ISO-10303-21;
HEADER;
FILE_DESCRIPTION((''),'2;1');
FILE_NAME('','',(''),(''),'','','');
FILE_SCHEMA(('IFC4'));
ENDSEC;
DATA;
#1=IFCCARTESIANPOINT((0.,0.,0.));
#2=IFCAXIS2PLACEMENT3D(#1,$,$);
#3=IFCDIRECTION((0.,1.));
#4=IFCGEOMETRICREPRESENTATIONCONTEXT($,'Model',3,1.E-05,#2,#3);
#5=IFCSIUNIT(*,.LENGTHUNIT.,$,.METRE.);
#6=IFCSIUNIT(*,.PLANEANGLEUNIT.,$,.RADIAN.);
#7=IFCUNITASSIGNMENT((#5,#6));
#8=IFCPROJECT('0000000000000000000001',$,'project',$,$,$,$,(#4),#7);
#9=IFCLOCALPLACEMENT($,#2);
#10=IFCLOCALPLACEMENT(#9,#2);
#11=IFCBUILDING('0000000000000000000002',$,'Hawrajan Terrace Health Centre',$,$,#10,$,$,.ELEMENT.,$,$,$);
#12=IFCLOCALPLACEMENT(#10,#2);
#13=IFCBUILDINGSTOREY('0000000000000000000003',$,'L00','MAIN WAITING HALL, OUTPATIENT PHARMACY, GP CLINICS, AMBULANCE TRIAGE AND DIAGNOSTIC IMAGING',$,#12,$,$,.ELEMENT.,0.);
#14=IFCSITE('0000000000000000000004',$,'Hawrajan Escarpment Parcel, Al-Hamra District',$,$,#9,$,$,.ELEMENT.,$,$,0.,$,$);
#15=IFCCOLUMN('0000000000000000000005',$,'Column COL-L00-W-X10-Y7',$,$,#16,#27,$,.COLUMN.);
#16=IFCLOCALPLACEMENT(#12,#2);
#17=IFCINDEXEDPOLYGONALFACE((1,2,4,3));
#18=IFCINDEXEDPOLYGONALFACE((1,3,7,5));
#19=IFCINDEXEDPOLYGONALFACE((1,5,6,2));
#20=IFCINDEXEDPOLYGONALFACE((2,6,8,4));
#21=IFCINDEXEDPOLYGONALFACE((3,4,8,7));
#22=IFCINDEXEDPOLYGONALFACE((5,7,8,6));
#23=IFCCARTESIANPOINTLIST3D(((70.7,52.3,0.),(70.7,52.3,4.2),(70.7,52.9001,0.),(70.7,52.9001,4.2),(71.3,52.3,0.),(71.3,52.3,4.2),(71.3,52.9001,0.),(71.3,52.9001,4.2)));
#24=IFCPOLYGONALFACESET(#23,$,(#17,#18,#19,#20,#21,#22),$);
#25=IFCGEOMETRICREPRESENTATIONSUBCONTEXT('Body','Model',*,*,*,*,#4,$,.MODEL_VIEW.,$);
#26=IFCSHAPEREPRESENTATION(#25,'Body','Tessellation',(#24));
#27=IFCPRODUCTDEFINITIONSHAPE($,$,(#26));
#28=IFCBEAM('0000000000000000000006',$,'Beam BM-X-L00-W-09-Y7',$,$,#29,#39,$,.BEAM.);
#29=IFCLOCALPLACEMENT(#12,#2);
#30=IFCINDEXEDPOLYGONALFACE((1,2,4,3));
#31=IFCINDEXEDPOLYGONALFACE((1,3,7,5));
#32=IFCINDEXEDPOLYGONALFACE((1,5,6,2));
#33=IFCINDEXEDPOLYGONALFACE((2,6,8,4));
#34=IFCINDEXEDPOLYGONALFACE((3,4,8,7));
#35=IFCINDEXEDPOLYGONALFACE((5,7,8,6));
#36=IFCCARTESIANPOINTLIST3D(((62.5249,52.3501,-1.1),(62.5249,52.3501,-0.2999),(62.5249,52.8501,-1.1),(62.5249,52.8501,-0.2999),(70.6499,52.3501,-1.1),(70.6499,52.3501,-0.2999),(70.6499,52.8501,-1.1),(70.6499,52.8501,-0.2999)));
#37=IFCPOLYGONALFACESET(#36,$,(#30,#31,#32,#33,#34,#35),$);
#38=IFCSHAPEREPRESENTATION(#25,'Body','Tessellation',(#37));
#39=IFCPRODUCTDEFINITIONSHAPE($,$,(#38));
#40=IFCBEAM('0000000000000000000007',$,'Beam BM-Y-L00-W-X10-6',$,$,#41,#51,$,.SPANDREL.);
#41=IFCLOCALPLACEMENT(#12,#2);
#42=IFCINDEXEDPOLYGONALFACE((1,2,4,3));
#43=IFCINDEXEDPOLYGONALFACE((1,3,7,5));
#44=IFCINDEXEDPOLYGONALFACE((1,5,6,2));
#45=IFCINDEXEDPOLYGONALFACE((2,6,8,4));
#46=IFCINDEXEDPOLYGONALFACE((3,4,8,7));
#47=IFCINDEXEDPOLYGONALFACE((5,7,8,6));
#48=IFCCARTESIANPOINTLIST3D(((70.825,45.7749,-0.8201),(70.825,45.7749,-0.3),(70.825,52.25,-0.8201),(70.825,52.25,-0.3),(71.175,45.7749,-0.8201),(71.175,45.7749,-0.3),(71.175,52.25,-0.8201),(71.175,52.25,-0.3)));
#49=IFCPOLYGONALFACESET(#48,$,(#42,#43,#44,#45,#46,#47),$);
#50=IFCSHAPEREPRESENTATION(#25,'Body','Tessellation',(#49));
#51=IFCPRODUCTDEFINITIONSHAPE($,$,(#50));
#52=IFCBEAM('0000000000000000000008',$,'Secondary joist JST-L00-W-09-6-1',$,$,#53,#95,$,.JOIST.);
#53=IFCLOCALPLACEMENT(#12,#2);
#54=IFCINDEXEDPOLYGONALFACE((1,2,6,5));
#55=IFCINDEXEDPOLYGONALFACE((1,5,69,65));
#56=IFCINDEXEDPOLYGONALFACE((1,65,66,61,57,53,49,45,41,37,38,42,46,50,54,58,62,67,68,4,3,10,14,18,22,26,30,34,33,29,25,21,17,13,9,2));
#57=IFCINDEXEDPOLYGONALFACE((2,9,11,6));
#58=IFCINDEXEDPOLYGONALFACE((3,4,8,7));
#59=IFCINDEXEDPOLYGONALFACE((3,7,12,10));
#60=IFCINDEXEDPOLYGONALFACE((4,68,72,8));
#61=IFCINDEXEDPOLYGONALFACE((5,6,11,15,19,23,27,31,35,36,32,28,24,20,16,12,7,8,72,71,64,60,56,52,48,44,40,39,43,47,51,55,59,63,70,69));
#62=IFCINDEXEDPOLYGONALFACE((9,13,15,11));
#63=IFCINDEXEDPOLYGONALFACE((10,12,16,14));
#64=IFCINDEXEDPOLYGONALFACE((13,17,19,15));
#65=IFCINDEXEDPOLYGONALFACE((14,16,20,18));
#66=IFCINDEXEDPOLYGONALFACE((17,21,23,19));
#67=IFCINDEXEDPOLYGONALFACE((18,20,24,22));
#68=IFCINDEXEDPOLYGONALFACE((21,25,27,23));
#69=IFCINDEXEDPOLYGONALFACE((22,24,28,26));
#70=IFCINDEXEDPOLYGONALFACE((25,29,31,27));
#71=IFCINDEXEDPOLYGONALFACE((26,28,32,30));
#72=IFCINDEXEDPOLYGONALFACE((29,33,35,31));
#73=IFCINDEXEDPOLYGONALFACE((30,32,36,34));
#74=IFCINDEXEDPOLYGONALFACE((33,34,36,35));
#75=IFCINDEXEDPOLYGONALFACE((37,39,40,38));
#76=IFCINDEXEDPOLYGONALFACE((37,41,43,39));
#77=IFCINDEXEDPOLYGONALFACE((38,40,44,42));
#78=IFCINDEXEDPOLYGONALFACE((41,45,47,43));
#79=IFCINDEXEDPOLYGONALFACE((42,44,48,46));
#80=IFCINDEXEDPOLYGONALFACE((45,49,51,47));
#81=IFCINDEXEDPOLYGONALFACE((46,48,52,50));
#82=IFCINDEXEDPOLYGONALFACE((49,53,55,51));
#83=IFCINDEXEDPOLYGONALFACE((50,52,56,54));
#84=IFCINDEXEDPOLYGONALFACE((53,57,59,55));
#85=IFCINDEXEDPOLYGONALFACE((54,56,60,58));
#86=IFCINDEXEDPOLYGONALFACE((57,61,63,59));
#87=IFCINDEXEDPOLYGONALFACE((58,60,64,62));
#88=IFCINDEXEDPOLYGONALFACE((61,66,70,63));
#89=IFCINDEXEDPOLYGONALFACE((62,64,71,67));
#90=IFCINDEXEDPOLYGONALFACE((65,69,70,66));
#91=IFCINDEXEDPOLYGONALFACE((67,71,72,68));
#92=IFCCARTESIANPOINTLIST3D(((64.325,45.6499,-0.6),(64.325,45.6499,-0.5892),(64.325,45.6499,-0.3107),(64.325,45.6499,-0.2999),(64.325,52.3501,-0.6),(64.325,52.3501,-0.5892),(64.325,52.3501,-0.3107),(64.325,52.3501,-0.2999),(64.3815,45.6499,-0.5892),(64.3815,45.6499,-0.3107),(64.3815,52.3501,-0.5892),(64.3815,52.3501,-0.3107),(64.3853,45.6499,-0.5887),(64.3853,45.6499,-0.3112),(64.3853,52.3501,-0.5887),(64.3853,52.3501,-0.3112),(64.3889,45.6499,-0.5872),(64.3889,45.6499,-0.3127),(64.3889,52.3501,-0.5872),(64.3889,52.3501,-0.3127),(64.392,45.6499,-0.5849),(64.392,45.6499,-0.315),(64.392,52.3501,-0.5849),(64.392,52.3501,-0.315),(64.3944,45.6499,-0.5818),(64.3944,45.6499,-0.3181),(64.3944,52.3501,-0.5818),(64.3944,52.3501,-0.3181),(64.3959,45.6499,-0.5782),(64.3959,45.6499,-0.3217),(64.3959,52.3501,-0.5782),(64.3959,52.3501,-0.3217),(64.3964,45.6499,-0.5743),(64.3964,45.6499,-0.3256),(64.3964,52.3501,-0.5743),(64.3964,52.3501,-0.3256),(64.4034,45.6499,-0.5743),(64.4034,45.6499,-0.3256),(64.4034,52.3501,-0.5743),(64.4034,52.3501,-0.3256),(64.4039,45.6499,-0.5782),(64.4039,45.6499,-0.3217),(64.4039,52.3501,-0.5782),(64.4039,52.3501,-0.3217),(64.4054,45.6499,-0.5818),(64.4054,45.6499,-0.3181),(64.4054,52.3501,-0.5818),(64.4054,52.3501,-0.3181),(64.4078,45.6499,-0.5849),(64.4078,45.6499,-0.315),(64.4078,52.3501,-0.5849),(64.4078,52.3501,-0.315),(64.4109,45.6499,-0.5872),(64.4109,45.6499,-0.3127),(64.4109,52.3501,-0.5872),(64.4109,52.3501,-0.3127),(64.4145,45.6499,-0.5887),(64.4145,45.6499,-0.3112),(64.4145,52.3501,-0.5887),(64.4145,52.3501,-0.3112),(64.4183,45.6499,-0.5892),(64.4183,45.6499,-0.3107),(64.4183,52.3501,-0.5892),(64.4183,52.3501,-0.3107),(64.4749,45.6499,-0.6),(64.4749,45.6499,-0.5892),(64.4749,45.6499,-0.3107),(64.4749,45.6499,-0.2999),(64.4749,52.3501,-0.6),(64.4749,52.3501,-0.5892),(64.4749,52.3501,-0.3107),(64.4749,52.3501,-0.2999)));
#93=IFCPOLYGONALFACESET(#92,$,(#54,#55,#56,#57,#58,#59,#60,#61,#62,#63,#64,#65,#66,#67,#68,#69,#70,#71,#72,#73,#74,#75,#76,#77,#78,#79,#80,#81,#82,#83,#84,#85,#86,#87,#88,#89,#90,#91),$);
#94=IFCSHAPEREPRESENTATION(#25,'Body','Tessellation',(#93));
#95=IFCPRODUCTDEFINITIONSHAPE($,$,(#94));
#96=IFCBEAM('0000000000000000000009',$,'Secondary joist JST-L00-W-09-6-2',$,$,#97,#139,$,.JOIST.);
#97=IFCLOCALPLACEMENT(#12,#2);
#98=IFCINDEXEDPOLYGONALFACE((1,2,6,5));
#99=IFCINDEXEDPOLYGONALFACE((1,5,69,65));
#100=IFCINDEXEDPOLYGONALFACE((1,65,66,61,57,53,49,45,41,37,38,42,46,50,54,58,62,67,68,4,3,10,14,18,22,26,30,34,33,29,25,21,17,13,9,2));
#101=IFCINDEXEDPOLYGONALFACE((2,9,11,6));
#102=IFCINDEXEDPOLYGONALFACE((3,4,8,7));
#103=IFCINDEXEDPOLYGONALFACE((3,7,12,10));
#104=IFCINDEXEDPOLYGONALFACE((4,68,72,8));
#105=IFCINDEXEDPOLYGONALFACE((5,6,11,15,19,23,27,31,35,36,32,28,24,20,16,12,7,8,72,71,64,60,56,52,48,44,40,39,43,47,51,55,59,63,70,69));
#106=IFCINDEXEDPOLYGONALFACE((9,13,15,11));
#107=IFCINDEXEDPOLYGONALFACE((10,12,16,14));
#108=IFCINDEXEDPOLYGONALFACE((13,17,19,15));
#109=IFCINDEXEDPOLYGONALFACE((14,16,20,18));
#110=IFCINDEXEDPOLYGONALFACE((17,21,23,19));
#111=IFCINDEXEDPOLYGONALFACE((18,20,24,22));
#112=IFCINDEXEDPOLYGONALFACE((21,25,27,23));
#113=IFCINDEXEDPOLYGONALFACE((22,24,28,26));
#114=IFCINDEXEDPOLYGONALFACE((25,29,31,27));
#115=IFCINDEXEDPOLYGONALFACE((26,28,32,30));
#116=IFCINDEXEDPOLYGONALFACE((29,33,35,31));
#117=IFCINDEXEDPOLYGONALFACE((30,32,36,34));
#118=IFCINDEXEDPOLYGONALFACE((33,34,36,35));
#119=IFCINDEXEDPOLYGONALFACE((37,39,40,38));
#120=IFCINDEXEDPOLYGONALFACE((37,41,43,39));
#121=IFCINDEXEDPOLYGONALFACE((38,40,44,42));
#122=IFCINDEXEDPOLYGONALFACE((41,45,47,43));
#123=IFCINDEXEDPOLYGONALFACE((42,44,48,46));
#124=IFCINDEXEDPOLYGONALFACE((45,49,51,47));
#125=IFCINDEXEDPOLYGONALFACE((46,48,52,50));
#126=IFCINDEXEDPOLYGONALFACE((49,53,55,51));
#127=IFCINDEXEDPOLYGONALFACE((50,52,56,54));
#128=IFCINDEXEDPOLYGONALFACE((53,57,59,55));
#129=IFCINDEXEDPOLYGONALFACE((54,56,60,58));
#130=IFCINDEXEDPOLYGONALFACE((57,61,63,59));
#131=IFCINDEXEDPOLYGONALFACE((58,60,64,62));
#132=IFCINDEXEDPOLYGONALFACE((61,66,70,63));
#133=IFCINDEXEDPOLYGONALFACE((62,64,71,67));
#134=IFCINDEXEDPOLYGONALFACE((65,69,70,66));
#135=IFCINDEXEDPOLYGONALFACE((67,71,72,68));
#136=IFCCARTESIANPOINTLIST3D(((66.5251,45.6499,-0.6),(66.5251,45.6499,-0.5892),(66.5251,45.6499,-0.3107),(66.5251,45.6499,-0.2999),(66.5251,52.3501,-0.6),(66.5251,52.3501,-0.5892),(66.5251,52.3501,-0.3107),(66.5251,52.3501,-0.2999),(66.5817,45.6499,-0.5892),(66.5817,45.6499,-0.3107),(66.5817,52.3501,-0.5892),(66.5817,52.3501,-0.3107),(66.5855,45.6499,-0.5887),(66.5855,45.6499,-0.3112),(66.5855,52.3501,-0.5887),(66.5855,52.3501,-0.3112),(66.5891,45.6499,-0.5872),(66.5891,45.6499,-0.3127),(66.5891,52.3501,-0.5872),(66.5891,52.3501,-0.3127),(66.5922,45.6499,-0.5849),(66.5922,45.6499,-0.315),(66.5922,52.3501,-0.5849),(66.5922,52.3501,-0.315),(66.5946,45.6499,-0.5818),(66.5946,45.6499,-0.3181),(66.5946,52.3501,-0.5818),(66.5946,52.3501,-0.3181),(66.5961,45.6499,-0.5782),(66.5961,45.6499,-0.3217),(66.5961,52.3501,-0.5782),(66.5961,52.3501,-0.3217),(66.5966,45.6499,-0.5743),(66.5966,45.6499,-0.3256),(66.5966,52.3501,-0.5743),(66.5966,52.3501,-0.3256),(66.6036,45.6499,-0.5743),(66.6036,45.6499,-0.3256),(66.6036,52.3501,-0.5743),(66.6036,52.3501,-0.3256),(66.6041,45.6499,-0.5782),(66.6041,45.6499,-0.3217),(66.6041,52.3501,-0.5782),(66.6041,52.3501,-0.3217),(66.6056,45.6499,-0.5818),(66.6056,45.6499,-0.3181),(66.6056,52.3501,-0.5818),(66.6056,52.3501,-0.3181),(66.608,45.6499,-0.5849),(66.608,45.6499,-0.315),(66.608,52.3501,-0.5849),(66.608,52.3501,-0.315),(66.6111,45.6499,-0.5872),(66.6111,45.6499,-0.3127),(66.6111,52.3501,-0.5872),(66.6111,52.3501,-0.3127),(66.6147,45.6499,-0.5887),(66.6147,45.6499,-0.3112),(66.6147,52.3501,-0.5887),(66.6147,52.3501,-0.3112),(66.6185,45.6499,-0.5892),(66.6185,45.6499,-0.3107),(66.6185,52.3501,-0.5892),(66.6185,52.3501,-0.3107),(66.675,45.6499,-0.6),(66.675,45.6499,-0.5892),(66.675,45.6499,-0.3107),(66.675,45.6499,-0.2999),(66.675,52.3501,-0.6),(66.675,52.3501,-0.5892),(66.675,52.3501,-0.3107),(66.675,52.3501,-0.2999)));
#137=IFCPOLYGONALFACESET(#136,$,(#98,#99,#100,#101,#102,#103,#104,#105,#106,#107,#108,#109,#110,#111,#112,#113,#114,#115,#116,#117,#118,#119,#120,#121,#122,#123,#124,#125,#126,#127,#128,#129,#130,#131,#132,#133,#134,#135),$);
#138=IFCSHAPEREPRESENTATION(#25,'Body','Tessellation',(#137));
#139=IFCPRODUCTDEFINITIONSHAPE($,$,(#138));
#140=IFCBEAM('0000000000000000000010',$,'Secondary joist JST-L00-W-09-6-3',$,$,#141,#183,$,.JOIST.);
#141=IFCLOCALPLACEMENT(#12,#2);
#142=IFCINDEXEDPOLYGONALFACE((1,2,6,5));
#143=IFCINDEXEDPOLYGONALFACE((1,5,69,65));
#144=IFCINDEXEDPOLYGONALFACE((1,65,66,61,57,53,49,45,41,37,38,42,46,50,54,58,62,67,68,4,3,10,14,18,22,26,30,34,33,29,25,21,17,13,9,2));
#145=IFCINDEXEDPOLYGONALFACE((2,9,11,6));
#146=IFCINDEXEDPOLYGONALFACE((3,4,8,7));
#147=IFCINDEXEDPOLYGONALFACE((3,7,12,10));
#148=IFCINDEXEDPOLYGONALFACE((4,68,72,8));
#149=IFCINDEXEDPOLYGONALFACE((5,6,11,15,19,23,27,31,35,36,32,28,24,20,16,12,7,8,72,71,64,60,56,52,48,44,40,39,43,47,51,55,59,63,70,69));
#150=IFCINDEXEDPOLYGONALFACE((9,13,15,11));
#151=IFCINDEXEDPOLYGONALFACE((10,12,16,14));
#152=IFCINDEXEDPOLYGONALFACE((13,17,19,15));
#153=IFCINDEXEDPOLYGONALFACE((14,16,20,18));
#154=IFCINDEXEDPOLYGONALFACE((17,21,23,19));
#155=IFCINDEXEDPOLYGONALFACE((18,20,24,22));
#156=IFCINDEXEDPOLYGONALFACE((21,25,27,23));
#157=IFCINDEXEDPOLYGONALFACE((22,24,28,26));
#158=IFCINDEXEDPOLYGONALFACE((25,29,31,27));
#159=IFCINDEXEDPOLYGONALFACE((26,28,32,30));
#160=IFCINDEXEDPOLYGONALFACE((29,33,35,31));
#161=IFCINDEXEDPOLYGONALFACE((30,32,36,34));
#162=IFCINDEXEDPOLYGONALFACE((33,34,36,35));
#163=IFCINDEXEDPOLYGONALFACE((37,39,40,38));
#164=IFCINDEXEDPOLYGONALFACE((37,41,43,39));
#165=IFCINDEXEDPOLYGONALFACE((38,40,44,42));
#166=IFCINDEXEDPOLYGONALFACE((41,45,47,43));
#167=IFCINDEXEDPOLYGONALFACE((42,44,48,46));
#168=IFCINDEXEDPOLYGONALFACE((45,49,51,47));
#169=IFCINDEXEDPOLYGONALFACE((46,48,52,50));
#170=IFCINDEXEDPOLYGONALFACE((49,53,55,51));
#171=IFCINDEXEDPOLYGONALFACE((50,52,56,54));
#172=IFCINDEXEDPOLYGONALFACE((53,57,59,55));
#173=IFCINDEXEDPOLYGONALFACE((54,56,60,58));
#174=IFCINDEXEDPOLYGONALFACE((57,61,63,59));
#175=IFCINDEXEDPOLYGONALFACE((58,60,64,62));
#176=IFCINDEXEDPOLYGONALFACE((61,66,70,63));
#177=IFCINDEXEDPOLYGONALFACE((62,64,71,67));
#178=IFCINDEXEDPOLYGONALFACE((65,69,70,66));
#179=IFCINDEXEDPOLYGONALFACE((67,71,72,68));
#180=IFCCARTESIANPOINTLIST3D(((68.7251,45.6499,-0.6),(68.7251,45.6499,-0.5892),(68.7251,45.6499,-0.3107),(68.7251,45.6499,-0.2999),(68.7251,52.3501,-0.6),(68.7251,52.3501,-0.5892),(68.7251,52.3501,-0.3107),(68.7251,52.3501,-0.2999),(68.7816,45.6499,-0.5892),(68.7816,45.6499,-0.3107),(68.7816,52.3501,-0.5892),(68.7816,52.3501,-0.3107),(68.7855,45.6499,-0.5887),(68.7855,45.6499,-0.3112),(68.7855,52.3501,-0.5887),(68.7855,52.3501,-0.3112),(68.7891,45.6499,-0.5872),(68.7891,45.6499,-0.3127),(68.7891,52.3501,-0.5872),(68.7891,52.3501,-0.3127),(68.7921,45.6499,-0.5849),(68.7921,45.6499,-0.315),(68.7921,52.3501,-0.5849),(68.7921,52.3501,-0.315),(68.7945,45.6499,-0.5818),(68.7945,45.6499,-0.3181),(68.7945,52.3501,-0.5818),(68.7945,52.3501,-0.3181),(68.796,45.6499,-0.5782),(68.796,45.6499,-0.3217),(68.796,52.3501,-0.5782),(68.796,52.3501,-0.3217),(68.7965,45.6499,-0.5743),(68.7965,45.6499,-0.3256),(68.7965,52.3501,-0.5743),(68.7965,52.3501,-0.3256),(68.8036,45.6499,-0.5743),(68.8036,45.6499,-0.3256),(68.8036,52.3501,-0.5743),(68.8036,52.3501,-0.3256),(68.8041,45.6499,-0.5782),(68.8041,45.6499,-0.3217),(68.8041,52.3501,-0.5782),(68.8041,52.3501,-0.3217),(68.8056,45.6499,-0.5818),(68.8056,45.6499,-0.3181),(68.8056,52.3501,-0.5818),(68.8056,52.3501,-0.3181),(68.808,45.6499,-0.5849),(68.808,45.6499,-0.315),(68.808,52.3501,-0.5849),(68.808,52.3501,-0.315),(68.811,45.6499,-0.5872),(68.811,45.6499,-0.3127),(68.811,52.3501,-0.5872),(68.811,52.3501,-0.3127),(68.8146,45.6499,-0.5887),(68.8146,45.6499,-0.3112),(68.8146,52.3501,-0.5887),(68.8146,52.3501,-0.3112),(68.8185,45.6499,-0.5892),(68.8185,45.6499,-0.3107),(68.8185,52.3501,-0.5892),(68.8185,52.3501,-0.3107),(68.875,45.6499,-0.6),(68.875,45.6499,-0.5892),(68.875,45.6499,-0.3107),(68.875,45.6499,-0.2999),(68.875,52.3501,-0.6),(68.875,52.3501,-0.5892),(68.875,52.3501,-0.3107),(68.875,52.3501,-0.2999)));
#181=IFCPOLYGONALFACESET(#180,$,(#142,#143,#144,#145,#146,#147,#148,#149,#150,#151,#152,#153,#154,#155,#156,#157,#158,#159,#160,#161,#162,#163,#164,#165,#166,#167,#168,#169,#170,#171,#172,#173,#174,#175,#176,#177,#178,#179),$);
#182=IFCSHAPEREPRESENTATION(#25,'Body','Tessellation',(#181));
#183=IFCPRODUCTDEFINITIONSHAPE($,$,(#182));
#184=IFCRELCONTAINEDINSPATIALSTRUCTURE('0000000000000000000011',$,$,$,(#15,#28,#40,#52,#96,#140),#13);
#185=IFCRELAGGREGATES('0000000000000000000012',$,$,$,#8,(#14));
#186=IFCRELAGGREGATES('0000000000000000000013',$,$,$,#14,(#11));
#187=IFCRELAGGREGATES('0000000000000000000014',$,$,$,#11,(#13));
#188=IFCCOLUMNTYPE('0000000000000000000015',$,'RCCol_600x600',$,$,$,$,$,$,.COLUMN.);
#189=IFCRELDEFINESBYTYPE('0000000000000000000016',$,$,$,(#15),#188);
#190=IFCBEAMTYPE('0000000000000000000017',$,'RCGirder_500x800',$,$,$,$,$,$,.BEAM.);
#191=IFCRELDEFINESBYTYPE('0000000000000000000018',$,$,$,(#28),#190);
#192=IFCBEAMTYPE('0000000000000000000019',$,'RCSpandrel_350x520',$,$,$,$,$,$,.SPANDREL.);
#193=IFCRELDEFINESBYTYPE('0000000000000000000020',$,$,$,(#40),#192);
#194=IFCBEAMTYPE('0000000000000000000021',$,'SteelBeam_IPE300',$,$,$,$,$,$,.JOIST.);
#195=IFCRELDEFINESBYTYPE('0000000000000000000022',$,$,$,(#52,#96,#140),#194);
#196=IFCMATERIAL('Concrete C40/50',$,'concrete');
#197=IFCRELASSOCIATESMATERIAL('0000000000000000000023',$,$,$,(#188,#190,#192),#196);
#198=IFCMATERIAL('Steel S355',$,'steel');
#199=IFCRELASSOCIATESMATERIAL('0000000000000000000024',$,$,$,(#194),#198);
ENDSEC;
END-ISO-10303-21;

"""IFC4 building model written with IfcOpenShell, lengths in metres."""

from ifc_helpers import new_model, si_unit, direction, frame, origin, origin_2d, place, context, subcontext, project, spatial, rectangle, i_section, extrude, material, material_profile, profile_set, type_object, element, save


model = new_model("IFC4")

# Units and contexts
model_context = context("Model", 3, precision=1e-05, world=origin(), true_north=direction((0.0, 1.0)))
body_context = subcontext(model_context, "Body", "Model", "MODEL_VIEW")
ifc_project = project(units=[si_unit("LENGTHUNIT", "METRE"), si_unit("PLANEANGLEUNIT", "RADIAN")], contexts=[model_context])

# Site, building, storey
site_placement = place(None, origin())
site = spatial("IfcSite", under=ifc_project, at=site_placement, Name="Hawrajan Escarpment Parcel, Al-Hamra District", CompositionType="ELEMENT", RefElevation=0.0)
building_placement = place(site_placement, origin())
building = spatial("IfcBuilding", under=site, at=building_placement, Name="Hawrajan Terrace Health Centre", CompositionType="ELEMENT")
storey_placement = place(building_placement, origin())
storey = spatial("IfcBuildingStorey", under=building, at=storey_placement, Name="L00", Description="MAIN WAITING HALL, OUTPATIENT PHARMACY, GP CLINICS, AMBULANCE TRIAGE AND DIAGNOSTIC IMAGING", CompositionType="ELEMENT", Elevation=0.0)

# Column
ifc_material_1 = material(Name="Concrete C40/50", Category="concrete")
ifc_material_profile_1 = material_profile(ifc_material_1, rectangle(XDim=0.6001, YDim=0.6001, at=origin_2d()), Name="RC 600x600")
ifc_profile_set_1 = profile_set([ifc_material_profile_1], Name="Concrete C40/50")
column_type = type_object("IfcColumnType", Name="RCCol_600x600", PredefinedType="COLUMN", material=ifc_profile_set_1)
column_placement = place(storey_placement, frame((71.0, 52.6001, 0.0), z_axis=(0.0, 0.0, 1.0), x_axis=(1.0, 0.0, 0.0)))
element("IfcColumn", 1, at=column_placement, inside=storey, type_object=column_type, Name="Column COL-L00-W-X10-Y7", PredefinedType="COLUMN", context=body_context, shape_type="SweptSolid", body=[
    extrude(rectangle(XDim=0.6001, YDim=0.6001, at=origin_2d()), origin(), (0.0, 0.0, 1.0), 4.2),
])

# Beams
ifc_material_profile_2 = material_profile(ifc_material_1, rectangle(XDim=0.5, YDim=0.8, at=origin_2d()), Name="RC BM 500x800")
ifc_profile_set_2 = profile_set([ifc_material_profile_2], Name="Concrete C40/50")
beam_type_1 = type_object("IfcBeamType", Name="RCGirder_500x800", PredefinedType="BEAM", material=ifc_profile_set_2)
beam_1_placement = place(storey_placement, frame((62.5249, 52.6001, -0.7), z_axis=(1.0, 0.0, 0.0), x_axis=(0.0, 1.0, 0.0)))
element("IfcBeam", 2, at=beam_1_placement, inside=storey, type_object=beam_type_1, Name="Beam BM-X-L00-W-09-Y7", PredefinedType="BEAM", context=body_context, shape_type="SweptSolid", body=[
    extrude(rectangle(XDim=0.5, YDim=0.8, at=origin_2d()), origin(), (0.0, 0.0, 1.0), 8.125),
])
ifc_material_profile_3 = material_profile(ifc_material_1, rectangle(XDim=0.3501, YDim=0.52, at=origin_2d()), Name="RC SP 350x520")
ifc_profile_set_3 = profile_set([ifc_material_profile_3], Name="Concrete C40/50")
beam_type_2 = type_object("IfcBeamType", Name="RCSpandrel_350x520", PredefinedType="SPANDREL", material=ifc_profile_set_3)
beam_2_placement = place(storey_placement, frame((71.0, 45.7749, -0.5601), z_axis=(0.0, 1.0, 0.0), x_axis=(-1.0, 0.0, 0.0)))
element("IfcBeam", 3, at=beam_2_placement, inside=storey, type_object=beam_type_2, Name="Beam BM-Y-L00-W-X10-6", PredefinedType="SPANDREL", context=body_context, shape_type="SweptSolid", body=[
    extrude(rectangle(XDim=0.3501, YDim=0.52, at=origin_2d()), origin(), (0.0, 0.0, 1.0), 6.4751),
])
ifc_material_2 = material(Name="Steel S355", Category="steel")
ifc_material_profile_4 = material_profile(ifc_material_2, i_section(OverallWidth=0.1499, OverallDepth=0.3, WebThickness=0.0071, FlangeThickness=0.0107, FilletRadius=0.0149, at=origin_2d()), Name="IPE 300")
ifc_profile_set_4 = profile_set([ifc_material_profile_4], Name="Steel S355")
beam_type_3 = type_object("IfcBeamType", Name="SteelBeam_IPE300", PredefinedType="JOIST", material=ifc_profile_set_4)
for number, where, z_axis, x_axis, name in (
    (4, (64.3999, 45.6499, -0.45), (0.0, 1.0, 0.0), (-1.0, 0.0, 0.0), "Secondary joist JST-L00-W-09-6-1"),
    (5, (66.6001, 45.6499, -0.45), (0.0, 1.0, 0.0), (-1.0, 0.0, 0.0), "Secondary joist JST-L00-W-09-6-2"),
    (6, (68.8, 45.6499, -0.45), (0.0, 1.0, 0.0), (-1.0, 0.0, 0.0), "Secondary joist JST-L00-W-09-6-3"),
):
    element("IfcBeam", number, at=place(storey_placement, frame(where, z_axis=z_axis, x_axis=x_axis)), inside=storey, type_object=beam_type_3, Name=name, PredefinedType="JOIST", context=body_context, shape_type="SweptSolid", body=[
        extrude(i_section(OverallWidth=0.1499, OverallDepth=0.3, WebThickness=0.0071, FlangeThickness=0.0107, FilletRadius=0.0149, at=origin_2d()), origin(), (0.0, 0.0, 1.0), 6.7002),
    ])

save(model, "model.ifc")
